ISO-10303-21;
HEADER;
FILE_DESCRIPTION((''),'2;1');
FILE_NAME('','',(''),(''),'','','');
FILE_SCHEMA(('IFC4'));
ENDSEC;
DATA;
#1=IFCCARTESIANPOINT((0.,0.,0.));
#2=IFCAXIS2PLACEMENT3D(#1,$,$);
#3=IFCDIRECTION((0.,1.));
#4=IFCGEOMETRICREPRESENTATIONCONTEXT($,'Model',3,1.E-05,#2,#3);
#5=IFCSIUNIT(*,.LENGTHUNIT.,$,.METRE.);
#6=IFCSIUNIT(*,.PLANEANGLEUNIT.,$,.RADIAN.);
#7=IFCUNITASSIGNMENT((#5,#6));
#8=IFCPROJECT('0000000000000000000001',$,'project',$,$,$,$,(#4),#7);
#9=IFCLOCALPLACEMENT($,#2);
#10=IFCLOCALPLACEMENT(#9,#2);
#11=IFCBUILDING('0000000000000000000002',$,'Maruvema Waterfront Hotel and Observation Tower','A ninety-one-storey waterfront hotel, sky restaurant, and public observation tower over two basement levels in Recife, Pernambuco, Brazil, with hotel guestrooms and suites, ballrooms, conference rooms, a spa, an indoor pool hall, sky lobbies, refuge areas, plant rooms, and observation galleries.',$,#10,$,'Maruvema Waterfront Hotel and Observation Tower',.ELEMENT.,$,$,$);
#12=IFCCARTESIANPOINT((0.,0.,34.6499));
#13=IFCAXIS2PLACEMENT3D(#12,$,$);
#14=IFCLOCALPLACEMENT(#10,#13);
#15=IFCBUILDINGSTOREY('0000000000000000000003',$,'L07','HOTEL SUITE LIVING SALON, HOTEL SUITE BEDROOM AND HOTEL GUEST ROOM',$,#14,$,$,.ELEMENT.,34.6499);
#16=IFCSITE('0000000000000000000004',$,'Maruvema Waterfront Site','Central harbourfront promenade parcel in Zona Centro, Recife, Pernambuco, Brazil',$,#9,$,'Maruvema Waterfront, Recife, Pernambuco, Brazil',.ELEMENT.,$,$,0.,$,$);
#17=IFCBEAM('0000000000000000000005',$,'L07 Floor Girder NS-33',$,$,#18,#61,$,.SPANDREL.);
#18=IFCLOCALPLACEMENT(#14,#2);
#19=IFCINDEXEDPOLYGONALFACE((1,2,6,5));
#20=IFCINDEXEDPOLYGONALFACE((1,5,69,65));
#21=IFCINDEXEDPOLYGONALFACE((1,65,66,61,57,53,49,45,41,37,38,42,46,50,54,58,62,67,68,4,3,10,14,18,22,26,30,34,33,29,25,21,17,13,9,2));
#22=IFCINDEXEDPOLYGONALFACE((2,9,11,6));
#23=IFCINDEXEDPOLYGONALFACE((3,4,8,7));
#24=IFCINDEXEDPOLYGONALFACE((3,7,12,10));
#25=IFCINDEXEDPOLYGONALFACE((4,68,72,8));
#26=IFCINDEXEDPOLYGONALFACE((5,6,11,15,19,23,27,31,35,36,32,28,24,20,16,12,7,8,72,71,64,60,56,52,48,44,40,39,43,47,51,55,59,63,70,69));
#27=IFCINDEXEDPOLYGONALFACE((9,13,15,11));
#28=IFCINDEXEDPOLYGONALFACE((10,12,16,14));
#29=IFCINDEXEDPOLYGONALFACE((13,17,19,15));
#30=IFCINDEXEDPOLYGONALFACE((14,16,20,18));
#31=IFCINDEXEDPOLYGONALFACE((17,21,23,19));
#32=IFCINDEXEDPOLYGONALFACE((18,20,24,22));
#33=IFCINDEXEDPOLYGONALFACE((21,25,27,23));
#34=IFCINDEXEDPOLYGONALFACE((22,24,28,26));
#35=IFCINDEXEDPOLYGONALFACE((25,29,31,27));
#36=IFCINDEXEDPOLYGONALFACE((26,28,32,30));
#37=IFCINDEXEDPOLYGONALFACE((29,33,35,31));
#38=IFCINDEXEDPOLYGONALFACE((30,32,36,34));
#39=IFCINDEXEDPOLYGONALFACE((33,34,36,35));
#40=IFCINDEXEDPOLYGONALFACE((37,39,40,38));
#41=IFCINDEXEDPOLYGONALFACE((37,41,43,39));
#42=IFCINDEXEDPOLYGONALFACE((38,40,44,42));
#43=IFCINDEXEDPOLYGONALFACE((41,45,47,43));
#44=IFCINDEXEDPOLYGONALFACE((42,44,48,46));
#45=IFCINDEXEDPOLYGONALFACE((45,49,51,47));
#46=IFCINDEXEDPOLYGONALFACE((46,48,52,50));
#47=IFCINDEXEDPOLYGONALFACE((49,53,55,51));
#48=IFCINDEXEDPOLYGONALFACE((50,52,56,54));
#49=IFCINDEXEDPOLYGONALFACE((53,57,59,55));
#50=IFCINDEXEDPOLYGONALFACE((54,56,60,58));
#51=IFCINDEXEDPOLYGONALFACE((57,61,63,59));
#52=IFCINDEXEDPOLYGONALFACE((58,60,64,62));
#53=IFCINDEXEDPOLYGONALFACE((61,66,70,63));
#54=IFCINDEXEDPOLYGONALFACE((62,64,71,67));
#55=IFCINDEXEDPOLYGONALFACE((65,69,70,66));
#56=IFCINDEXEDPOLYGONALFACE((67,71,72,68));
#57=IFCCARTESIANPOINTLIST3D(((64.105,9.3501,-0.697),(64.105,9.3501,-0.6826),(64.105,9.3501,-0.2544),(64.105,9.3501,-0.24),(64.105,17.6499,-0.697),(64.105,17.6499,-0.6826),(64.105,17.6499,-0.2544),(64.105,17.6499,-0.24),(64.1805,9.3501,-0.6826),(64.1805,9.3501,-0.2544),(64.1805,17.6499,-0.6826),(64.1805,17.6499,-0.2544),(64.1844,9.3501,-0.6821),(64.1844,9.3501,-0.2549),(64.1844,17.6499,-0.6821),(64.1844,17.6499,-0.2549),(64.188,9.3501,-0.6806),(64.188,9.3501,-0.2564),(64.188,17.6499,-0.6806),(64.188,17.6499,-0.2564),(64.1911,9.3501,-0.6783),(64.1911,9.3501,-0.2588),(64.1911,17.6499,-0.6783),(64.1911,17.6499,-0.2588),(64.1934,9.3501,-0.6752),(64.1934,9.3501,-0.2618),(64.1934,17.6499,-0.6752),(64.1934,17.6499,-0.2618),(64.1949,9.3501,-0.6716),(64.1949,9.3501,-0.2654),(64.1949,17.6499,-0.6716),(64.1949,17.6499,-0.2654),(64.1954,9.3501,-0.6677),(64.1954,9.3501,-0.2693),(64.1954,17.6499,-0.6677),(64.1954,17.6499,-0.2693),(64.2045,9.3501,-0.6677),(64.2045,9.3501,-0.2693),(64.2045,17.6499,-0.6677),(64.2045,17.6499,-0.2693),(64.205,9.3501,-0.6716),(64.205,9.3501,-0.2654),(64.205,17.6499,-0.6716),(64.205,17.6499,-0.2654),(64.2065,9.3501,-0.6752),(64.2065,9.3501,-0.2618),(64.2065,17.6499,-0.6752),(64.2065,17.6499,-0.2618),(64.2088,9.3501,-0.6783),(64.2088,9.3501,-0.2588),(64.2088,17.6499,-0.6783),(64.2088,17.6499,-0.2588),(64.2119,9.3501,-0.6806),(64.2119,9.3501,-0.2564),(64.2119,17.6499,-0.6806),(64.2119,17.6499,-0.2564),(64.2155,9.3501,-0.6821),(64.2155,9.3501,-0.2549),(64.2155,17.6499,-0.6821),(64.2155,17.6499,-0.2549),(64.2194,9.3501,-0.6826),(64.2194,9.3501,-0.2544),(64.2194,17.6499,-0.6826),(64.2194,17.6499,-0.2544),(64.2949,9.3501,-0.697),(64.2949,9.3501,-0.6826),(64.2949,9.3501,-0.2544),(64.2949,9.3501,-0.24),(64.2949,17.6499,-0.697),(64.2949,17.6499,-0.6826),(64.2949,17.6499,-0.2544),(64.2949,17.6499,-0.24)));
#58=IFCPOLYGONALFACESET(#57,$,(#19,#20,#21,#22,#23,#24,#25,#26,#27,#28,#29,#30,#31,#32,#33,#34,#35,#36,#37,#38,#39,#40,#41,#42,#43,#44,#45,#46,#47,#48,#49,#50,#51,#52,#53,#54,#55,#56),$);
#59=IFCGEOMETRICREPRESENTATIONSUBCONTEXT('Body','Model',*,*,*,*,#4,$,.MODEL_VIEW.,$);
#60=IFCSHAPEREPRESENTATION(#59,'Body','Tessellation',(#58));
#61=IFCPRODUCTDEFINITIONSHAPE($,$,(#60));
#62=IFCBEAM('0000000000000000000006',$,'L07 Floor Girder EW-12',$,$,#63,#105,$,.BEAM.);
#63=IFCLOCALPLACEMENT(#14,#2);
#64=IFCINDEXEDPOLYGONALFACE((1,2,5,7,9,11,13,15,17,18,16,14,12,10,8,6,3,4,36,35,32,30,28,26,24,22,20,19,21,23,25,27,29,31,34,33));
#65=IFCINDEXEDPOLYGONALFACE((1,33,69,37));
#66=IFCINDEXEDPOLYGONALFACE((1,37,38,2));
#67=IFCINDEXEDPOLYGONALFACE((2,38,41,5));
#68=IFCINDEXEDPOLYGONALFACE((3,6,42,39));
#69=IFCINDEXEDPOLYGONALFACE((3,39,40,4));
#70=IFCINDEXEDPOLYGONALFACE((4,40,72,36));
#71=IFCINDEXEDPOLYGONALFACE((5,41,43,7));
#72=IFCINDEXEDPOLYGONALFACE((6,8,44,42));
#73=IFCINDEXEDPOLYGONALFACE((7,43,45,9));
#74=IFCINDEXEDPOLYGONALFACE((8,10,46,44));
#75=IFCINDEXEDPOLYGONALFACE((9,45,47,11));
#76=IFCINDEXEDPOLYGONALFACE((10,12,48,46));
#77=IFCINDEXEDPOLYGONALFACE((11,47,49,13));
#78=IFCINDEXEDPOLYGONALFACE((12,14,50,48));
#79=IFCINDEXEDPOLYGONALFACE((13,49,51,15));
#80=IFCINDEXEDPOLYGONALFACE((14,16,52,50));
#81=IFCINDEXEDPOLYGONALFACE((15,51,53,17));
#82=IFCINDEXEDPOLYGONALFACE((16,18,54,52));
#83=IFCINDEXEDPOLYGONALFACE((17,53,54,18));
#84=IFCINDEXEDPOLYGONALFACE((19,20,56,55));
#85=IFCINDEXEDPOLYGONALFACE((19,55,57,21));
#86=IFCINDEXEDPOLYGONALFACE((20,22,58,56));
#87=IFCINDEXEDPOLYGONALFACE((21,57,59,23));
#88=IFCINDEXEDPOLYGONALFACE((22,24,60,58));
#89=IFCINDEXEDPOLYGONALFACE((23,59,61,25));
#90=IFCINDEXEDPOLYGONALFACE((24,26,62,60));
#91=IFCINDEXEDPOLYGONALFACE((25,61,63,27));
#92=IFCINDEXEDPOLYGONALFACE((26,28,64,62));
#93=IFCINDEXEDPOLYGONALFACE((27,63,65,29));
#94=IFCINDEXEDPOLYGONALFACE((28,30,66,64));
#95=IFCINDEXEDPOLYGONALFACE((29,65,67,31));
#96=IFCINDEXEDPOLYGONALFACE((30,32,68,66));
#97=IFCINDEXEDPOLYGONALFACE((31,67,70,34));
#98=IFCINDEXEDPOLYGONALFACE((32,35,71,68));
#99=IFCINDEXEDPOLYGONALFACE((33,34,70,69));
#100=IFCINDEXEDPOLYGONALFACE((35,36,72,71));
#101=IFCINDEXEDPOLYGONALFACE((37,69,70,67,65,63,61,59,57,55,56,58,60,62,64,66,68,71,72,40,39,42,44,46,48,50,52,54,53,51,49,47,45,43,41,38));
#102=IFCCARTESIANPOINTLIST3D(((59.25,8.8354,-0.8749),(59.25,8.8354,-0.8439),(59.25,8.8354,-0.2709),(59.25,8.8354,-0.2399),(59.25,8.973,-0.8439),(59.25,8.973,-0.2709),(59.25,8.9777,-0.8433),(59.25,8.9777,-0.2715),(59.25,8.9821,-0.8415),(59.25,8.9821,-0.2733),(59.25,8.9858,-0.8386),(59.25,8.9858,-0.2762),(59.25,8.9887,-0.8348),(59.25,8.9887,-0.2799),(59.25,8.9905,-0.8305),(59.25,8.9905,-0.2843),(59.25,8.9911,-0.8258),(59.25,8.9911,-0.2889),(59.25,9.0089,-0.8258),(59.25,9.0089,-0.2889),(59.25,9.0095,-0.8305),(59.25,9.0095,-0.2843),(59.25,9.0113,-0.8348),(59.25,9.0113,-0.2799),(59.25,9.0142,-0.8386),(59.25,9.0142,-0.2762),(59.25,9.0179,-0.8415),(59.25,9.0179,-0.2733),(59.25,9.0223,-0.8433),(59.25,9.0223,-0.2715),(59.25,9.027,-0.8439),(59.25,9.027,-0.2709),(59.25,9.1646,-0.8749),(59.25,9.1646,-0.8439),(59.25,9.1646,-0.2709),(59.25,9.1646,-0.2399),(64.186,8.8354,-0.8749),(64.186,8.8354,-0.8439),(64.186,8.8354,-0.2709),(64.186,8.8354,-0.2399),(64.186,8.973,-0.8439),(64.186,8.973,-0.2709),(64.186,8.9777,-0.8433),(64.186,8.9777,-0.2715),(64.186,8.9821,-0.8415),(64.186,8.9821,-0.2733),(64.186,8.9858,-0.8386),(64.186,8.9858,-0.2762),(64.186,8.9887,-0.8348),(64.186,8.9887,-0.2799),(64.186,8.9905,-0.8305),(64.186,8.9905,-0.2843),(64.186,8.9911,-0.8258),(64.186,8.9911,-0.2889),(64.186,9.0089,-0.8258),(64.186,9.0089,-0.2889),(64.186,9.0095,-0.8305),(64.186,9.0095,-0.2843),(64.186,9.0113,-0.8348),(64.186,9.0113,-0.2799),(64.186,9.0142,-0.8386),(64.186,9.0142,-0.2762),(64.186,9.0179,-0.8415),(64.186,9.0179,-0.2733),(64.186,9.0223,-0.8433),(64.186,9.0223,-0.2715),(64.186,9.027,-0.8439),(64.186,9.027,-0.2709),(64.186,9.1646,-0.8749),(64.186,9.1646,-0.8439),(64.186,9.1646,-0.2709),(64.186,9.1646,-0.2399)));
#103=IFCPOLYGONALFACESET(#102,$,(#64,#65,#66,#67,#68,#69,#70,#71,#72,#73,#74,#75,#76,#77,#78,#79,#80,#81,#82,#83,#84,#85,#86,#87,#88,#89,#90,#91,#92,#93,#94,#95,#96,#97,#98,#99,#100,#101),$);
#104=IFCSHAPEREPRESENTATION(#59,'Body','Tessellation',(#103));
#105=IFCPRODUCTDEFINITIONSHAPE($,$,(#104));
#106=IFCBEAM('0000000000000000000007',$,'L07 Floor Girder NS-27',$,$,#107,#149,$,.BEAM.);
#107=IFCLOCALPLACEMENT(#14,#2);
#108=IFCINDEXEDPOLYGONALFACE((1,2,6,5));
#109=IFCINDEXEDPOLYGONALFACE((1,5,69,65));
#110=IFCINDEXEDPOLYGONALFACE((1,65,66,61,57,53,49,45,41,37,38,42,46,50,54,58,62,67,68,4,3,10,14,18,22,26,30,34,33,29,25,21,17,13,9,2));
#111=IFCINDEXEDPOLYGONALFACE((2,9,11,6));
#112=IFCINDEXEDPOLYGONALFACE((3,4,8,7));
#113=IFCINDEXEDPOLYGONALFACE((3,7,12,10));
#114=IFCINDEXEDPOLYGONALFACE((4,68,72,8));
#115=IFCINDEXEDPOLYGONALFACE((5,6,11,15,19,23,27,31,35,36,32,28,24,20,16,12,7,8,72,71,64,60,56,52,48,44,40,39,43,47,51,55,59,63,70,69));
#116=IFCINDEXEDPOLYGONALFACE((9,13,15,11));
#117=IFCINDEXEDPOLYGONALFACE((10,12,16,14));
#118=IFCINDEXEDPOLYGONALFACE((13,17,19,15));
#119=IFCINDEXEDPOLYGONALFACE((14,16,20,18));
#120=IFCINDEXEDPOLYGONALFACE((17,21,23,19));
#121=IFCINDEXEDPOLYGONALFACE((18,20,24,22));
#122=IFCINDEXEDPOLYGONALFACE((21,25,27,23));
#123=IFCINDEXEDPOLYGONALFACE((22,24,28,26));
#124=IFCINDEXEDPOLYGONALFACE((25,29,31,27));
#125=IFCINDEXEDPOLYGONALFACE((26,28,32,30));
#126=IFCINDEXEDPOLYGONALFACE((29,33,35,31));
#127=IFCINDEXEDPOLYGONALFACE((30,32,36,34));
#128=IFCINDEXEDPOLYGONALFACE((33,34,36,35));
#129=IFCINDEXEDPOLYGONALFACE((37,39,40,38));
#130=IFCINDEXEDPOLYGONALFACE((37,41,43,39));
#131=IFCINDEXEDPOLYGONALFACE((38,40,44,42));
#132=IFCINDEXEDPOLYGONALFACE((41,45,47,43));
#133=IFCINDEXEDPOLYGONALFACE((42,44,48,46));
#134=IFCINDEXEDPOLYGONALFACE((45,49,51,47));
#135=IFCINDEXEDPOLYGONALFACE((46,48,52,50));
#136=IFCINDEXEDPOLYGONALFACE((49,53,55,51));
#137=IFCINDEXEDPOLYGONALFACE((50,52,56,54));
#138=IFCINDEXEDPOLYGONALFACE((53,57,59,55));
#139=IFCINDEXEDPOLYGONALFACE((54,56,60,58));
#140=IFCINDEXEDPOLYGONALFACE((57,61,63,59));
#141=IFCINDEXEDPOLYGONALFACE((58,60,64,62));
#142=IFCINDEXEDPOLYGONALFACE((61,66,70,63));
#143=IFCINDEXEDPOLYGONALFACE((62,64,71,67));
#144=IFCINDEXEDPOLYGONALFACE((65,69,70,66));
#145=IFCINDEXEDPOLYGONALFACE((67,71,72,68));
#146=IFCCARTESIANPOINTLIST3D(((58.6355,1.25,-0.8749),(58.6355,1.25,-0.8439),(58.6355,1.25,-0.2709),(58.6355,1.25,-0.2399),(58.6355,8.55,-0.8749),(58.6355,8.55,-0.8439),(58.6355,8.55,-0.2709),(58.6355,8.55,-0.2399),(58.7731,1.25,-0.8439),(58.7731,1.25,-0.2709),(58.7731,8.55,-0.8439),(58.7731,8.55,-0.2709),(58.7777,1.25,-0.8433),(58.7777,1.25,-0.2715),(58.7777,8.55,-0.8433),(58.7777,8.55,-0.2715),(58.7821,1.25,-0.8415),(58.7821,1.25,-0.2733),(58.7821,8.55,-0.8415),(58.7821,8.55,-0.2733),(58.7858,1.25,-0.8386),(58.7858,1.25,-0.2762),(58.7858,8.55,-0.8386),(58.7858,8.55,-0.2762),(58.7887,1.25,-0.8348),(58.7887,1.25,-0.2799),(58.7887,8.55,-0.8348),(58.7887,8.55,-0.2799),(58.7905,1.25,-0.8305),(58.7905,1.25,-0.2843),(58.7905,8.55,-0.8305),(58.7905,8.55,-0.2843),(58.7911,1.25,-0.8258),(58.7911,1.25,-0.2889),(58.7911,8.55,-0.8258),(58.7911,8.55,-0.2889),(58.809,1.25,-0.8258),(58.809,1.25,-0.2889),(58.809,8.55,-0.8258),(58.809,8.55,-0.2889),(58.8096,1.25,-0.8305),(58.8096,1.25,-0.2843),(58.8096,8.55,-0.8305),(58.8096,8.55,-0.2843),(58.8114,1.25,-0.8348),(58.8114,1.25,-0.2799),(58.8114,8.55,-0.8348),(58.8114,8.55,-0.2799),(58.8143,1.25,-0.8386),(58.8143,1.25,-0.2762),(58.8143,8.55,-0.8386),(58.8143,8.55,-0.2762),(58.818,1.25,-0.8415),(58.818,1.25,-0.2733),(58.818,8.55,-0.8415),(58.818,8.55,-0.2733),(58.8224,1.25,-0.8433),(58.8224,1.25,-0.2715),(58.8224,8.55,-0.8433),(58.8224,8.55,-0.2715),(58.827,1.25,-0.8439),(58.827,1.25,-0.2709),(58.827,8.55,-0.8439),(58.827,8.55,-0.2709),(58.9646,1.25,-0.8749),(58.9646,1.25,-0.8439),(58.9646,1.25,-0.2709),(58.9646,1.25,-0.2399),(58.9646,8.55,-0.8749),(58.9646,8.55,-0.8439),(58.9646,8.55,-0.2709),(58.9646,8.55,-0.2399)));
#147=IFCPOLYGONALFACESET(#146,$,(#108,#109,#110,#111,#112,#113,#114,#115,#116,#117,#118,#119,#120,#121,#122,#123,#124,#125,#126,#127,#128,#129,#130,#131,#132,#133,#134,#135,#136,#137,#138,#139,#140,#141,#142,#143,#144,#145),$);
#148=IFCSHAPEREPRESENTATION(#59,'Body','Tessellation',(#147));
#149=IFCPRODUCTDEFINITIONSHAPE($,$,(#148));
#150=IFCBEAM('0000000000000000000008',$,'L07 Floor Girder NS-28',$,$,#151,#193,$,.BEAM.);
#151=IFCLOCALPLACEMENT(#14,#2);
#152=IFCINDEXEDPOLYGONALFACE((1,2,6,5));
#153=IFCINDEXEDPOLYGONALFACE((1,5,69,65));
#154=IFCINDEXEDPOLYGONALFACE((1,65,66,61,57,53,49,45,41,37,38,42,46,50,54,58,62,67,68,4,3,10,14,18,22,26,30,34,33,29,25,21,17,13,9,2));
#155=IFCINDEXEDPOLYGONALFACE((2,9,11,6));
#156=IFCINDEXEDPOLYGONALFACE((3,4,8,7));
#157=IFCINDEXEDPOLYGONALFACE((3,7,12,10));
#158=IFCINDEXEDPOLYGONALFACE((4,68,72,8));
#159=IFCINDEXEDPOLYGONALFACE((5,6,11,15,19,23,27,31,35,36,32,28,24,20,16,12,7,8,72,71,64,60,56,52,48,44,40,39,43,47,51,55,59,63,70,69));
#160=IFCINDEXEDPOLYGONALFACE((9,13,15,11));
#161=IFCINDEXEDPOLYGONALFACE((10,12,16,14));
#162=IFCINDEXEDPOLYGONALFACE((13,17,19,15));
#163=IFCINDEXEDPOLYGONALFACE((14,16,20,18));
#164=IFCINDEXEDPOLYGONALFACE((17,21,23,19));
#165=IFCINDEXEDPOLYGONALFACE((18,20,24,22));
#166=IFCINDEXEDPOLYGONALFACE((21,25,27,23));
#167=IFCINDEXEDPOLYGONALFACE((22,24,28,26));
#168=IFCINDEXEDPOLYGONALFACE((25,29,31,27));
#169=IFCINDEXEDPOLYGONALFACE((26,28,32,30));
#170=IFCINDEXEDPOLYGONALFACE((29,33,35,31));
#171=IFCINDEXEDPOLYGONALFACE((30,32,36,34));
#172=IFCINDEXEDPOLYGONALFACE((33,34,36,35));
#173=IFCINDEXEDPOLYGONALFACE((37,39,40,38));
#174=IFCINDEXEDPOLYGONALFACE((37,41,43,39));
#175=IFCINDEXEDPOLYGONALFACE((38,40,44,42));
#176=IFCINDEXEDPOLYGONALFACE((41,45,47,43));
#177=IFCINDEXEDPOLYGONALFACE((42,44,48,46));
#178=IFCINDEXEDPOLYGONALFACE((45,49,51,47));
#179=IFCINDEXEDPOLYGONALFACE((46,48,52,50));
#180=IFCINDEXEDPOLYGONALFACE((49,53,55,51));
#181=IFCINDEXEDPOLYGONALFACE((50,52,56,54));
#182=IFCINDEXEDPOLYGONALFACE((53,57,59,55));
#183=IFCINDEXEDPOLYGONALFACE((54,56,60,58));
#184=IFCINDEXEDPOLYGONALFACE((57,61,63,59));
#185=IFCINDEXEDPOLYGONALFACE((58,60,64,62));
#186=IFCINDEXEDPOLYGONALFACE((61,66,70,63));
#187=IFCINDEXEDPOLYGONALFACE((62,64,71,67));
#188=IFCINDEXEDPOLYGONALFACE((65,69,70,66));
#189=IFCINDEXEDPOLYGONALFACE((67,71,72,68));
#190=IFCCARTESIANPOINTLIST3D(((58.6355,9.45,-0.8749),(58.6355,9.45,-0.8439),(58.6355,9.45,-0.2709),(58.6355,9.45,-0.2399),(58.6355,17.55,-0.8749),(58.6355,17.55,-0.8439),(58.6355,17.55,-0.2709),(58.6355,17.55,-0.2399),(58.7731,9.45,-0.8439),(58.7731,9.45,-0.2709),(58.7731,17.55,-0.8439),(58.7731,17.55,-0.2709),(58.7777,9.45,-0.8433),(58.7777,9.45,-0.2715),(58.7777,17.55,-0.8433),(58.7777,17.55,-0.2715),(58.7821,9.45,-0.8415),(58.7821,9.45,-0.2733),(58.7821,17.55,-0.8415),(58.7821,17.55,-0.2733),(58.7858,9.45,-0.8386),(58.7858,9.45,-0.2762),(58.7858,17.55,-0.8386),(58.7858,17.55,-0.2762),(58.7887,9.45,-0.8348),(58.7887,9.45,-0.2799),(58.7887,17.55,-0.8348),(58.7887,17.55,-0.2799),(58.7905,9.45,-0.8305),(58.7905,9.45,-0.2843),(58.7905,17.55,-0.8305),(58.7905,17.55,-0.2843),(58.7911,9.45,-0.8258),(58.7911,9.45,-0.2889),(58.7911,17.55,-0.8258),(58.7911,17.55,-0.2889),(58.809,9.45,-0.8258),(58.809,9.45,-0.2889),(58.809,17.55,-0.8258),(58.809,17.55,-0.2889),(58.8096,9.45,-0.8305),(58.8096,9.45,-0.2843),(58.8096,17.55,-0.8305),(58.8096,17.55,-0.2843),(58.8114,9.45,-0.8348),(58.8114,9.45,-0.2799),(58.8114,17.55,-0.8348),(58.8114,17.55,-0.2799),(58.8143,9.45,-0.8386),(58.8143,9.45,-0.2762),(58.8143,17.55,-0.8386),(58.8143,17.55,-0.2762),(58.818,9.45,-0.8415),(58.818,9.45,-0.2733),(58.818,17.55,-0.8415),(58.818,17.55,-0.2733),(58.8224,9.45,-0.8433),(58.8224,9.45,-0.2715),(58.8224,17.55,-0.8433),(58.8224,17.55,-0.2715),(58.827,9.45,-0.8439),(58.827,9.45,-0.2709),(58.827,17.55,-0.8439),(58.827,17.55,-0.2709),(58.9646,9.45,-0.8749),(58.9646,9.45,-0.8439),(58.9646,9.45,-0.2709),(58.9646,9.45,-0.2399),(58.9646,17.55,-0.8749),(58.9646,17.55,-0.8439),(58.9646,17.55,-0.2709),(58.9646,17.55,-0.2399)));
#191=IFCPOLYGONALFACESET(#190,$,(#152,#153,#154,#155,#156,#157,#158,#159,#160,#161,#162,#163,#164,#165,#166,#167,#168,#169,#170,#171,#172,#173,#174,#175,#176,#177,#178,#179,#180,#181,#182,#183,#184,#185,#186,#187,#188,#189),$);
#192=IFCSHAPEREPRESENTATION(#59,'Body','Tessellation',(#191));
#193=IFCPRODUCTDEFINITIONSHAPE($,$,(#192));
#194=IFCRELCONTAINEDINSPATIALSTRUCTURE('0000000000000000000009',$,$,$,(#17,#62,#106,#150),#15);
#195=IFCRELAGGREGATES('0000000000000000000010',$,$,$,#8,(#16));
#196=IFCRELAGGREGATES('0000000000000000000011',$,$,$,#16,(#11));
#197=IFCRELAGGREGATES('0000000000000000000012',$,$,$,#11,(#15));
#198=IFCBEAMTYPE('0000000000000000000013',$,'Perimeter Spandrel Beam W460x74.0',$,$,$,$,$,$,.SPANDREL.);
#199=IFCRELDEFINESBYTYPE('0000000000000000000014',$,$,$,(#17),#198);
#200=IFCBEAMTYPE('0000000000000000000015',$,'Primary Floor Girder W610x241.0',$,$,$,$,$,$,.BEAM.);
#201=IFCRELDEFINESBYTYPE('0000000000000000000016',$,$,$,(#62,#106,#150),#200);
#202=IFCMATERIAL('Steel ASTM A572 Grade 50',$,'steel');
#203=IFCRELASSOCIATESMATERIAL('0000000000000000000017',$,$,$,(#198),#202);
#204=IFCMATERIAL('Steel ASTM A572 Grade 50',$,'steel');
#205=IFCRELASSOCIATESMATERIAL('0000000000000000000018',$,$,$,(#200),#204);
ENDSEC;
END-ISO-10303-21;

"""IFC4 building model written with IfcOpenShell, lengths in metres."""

from ifc_helpers import new_model, si_unit, direction, frame, origin, origin_2d, place, context, subcontext, project, spatial, i_section, extrude, material, material_profile, profile_set, type_object, element, save


model = new_model("IFC4")

# Units and contexts
model_context = context("Model", 3, precision=1e-05, world=origin(), true_north=direction((0.0, 1.0)))
body_context = subcontext(model_context, "Body", "Model", "MODEL_VIEW")
ifc_project = project(units=[si_unit("LENGTHUNIT", "METRE"), si_unit("PLANEANGLEUNIT", "RADIAN")], contexts=[model_context])

# Site, building, storey
site_placement = place(None, origin())
site = spatial("IfcSite", under=ifc_project, at=site_placement, Name="Maruvema Waterfront Site", Description="Central harbourfront promenade parcel in Zona Centro, Recife, Pernambuco, Brazil", LongName="Maruvema Waterfront, Recife, Pernambuco, Brazil", CompositionType="ELEMENT", RefElevation=0.0)
building_placement = place(site_placement, origin())
building = spatial("IfcBuilding", under=site, at=building_placement, Name="Maruvema Waterfront Hotel and Observation Tower", Description="A ninety-one-storey waterfront hotel, sky restaurant, and public observation tower over two basement levels in Recife, Pernambuco, Brazil, with hotel guestrooms and suites, ballrooms, conference rooms, a spa, an indoor pool hall, sky lobbies, refuge areas, plant rooms, and observation galleries.", LongName="Maruvema Waterfront Hotel and Observation Tower", CompositionType="ELEMENT")
storey_placement = place(building_placement, frame((0.0, 0.0, 34.6499)))
storey = spatial("IfcBuildingStorey", under=building, at=storey_placement, Name="L07", Description="HOTEL SUITE LIVING SALON, HOTEL SUITE BEDROOM AND HOTEL GUEST ROOM", CompositionType="ELEMENT", Elevation=34.6499)

# Beams
ifc_material_1 = material(Name="Steel ASTM A572 Grade 50", Category="steel")
ifc_material_profile_1 = material_profile(ifc_material_1, i_section(OverallWidth=0.1899, OverallDepth=0.457, WebThickness=0.009, FlangeThickness=0.0144, FilletRadius=0.0149, at=origin_2d()), Name="W460x74.0")
ifc_profile_set_1 = profile_set([ifc_material_profile_1], Name="Steel ASTM A572 Grade 50")
beam_type_1 = type_object("IfcBeamType", Name="Perimeter Spandrel Beam W460x74.0", PredefinedType="SPANDREL", material=ifc_profile_set_1)
beam_1_placement = place(storey_placement, frame((64.2, 9.3501, -0.4685), z_axis=(0.0, 1.0, 0.0), x_axis=(-1.0, 0.0, 0.0)))
element("IfcBeam", 1, at=beam_1_placement, inside=storey, type_object=beam_type_1, Name="L07 Floor Girder NS-33", PredefinedType="SPANDREL", context=body_context, shape_type="SweptSolid", body=[
    extrude(i_section(OverallWidth=0.1899, OverallDepth=0.457, WebThickness=0.009, FlangeThickness=0.0144, FilletRadius=0.0149, at=origin_2d()), origin(), (0.0, 0.0, 1.0), 8.2998),
])
ifc_material_2 = material(Name="Steel ASTM A572 Grade 50", Category="steel")
ifc_material_profile_2 = material_profile(ifc_material_2, i_section(OverallWidth=0.3291, OverallDepth=0.635, WebThickness=0.0178, FlangeThickness=0.031, FilletRadius=0.0181, at=origin_2d()), Name="W610x241.0")
ifc_profile_set_2 = profile_set([ifc_material_profile_2], Name="Steel ASTM A572 Grade 50")
beam_type_2 = type_object("IfcBeamType", Name="Primary Floor Girder W610x241.0", PredefinedType="BEAM", material=ifc_profile_set_2)
beam_2_placement = place(storey_placement, frame((59.25, 9.0, -0.5574), z_axis=(1.0, 0.0, 0.0), x_axis=(0.0, 1.0, 0.0)))
element("IfcBeam", 2, at=beam_2_placement, inside=storey, type_object=beam_type_2, Name="L07 Floor Girder EW-12", PredefinedType="BEAM", context=body_context, shape_type="SweptSolid", body=[
    extrude(i_section(OverallWidth=0.3291, OverallDepth=0.635, WebThickness=0.0178, FlangeThickness=0.031, FilletRadius=0.0181, at=origin_2d()), origin(), (0.0, 0.0, 1.0), 4.936),
])
beam_3_placement = place(storey_placement, frame((58.8, 1.25, -0.5574), z_axis=(0.0, 1.0, 0.0), x_axis=(-1.0, 0.0, 0.0)))
element("IfcBeam", 3, at=beam_3_placement, inside=storey, type_object=beam_type_2, Name="L07 Floor Girder NS-27", PredefinedType="BEAM", context=body_context, shape_type="SweptSolid", body=[
    extrude(i_section(OverallWidth=0.3291, OverallDepth=0.635, WebThickness=0.0178, FlangeThickness=0.031, FilletRadius=0.0181, at=origin_2d()), origin(), (0.0, 0.0, 1.0), 7.3),
])
beam_4_placement = place(storey_placement, frame((58.8, 9.45, -0.5574), z_axis=(0.0, 1.0, 0.0), x_axis=(-1.0, 0.0, 0.0)))
element("IfcBeam", 4, at=beam_4_placement, inside=storey, type_object=beam_type_2, Name="L07 Floor Girder NS-28", PredefinedType="BEAM", context=body_context, shape_type="SweptSolid", body=[
    extrude(i_section(OverallWidth=0.3291, OverallDepth=0.635, WebThickness=0.0178, FlangeThickness=0.031, FilletRadius=0.0181, at=origin_2d()), origin(), (0.0, 0.0, 1.0), 8.1001),
])

save(model, "model.ifc")
